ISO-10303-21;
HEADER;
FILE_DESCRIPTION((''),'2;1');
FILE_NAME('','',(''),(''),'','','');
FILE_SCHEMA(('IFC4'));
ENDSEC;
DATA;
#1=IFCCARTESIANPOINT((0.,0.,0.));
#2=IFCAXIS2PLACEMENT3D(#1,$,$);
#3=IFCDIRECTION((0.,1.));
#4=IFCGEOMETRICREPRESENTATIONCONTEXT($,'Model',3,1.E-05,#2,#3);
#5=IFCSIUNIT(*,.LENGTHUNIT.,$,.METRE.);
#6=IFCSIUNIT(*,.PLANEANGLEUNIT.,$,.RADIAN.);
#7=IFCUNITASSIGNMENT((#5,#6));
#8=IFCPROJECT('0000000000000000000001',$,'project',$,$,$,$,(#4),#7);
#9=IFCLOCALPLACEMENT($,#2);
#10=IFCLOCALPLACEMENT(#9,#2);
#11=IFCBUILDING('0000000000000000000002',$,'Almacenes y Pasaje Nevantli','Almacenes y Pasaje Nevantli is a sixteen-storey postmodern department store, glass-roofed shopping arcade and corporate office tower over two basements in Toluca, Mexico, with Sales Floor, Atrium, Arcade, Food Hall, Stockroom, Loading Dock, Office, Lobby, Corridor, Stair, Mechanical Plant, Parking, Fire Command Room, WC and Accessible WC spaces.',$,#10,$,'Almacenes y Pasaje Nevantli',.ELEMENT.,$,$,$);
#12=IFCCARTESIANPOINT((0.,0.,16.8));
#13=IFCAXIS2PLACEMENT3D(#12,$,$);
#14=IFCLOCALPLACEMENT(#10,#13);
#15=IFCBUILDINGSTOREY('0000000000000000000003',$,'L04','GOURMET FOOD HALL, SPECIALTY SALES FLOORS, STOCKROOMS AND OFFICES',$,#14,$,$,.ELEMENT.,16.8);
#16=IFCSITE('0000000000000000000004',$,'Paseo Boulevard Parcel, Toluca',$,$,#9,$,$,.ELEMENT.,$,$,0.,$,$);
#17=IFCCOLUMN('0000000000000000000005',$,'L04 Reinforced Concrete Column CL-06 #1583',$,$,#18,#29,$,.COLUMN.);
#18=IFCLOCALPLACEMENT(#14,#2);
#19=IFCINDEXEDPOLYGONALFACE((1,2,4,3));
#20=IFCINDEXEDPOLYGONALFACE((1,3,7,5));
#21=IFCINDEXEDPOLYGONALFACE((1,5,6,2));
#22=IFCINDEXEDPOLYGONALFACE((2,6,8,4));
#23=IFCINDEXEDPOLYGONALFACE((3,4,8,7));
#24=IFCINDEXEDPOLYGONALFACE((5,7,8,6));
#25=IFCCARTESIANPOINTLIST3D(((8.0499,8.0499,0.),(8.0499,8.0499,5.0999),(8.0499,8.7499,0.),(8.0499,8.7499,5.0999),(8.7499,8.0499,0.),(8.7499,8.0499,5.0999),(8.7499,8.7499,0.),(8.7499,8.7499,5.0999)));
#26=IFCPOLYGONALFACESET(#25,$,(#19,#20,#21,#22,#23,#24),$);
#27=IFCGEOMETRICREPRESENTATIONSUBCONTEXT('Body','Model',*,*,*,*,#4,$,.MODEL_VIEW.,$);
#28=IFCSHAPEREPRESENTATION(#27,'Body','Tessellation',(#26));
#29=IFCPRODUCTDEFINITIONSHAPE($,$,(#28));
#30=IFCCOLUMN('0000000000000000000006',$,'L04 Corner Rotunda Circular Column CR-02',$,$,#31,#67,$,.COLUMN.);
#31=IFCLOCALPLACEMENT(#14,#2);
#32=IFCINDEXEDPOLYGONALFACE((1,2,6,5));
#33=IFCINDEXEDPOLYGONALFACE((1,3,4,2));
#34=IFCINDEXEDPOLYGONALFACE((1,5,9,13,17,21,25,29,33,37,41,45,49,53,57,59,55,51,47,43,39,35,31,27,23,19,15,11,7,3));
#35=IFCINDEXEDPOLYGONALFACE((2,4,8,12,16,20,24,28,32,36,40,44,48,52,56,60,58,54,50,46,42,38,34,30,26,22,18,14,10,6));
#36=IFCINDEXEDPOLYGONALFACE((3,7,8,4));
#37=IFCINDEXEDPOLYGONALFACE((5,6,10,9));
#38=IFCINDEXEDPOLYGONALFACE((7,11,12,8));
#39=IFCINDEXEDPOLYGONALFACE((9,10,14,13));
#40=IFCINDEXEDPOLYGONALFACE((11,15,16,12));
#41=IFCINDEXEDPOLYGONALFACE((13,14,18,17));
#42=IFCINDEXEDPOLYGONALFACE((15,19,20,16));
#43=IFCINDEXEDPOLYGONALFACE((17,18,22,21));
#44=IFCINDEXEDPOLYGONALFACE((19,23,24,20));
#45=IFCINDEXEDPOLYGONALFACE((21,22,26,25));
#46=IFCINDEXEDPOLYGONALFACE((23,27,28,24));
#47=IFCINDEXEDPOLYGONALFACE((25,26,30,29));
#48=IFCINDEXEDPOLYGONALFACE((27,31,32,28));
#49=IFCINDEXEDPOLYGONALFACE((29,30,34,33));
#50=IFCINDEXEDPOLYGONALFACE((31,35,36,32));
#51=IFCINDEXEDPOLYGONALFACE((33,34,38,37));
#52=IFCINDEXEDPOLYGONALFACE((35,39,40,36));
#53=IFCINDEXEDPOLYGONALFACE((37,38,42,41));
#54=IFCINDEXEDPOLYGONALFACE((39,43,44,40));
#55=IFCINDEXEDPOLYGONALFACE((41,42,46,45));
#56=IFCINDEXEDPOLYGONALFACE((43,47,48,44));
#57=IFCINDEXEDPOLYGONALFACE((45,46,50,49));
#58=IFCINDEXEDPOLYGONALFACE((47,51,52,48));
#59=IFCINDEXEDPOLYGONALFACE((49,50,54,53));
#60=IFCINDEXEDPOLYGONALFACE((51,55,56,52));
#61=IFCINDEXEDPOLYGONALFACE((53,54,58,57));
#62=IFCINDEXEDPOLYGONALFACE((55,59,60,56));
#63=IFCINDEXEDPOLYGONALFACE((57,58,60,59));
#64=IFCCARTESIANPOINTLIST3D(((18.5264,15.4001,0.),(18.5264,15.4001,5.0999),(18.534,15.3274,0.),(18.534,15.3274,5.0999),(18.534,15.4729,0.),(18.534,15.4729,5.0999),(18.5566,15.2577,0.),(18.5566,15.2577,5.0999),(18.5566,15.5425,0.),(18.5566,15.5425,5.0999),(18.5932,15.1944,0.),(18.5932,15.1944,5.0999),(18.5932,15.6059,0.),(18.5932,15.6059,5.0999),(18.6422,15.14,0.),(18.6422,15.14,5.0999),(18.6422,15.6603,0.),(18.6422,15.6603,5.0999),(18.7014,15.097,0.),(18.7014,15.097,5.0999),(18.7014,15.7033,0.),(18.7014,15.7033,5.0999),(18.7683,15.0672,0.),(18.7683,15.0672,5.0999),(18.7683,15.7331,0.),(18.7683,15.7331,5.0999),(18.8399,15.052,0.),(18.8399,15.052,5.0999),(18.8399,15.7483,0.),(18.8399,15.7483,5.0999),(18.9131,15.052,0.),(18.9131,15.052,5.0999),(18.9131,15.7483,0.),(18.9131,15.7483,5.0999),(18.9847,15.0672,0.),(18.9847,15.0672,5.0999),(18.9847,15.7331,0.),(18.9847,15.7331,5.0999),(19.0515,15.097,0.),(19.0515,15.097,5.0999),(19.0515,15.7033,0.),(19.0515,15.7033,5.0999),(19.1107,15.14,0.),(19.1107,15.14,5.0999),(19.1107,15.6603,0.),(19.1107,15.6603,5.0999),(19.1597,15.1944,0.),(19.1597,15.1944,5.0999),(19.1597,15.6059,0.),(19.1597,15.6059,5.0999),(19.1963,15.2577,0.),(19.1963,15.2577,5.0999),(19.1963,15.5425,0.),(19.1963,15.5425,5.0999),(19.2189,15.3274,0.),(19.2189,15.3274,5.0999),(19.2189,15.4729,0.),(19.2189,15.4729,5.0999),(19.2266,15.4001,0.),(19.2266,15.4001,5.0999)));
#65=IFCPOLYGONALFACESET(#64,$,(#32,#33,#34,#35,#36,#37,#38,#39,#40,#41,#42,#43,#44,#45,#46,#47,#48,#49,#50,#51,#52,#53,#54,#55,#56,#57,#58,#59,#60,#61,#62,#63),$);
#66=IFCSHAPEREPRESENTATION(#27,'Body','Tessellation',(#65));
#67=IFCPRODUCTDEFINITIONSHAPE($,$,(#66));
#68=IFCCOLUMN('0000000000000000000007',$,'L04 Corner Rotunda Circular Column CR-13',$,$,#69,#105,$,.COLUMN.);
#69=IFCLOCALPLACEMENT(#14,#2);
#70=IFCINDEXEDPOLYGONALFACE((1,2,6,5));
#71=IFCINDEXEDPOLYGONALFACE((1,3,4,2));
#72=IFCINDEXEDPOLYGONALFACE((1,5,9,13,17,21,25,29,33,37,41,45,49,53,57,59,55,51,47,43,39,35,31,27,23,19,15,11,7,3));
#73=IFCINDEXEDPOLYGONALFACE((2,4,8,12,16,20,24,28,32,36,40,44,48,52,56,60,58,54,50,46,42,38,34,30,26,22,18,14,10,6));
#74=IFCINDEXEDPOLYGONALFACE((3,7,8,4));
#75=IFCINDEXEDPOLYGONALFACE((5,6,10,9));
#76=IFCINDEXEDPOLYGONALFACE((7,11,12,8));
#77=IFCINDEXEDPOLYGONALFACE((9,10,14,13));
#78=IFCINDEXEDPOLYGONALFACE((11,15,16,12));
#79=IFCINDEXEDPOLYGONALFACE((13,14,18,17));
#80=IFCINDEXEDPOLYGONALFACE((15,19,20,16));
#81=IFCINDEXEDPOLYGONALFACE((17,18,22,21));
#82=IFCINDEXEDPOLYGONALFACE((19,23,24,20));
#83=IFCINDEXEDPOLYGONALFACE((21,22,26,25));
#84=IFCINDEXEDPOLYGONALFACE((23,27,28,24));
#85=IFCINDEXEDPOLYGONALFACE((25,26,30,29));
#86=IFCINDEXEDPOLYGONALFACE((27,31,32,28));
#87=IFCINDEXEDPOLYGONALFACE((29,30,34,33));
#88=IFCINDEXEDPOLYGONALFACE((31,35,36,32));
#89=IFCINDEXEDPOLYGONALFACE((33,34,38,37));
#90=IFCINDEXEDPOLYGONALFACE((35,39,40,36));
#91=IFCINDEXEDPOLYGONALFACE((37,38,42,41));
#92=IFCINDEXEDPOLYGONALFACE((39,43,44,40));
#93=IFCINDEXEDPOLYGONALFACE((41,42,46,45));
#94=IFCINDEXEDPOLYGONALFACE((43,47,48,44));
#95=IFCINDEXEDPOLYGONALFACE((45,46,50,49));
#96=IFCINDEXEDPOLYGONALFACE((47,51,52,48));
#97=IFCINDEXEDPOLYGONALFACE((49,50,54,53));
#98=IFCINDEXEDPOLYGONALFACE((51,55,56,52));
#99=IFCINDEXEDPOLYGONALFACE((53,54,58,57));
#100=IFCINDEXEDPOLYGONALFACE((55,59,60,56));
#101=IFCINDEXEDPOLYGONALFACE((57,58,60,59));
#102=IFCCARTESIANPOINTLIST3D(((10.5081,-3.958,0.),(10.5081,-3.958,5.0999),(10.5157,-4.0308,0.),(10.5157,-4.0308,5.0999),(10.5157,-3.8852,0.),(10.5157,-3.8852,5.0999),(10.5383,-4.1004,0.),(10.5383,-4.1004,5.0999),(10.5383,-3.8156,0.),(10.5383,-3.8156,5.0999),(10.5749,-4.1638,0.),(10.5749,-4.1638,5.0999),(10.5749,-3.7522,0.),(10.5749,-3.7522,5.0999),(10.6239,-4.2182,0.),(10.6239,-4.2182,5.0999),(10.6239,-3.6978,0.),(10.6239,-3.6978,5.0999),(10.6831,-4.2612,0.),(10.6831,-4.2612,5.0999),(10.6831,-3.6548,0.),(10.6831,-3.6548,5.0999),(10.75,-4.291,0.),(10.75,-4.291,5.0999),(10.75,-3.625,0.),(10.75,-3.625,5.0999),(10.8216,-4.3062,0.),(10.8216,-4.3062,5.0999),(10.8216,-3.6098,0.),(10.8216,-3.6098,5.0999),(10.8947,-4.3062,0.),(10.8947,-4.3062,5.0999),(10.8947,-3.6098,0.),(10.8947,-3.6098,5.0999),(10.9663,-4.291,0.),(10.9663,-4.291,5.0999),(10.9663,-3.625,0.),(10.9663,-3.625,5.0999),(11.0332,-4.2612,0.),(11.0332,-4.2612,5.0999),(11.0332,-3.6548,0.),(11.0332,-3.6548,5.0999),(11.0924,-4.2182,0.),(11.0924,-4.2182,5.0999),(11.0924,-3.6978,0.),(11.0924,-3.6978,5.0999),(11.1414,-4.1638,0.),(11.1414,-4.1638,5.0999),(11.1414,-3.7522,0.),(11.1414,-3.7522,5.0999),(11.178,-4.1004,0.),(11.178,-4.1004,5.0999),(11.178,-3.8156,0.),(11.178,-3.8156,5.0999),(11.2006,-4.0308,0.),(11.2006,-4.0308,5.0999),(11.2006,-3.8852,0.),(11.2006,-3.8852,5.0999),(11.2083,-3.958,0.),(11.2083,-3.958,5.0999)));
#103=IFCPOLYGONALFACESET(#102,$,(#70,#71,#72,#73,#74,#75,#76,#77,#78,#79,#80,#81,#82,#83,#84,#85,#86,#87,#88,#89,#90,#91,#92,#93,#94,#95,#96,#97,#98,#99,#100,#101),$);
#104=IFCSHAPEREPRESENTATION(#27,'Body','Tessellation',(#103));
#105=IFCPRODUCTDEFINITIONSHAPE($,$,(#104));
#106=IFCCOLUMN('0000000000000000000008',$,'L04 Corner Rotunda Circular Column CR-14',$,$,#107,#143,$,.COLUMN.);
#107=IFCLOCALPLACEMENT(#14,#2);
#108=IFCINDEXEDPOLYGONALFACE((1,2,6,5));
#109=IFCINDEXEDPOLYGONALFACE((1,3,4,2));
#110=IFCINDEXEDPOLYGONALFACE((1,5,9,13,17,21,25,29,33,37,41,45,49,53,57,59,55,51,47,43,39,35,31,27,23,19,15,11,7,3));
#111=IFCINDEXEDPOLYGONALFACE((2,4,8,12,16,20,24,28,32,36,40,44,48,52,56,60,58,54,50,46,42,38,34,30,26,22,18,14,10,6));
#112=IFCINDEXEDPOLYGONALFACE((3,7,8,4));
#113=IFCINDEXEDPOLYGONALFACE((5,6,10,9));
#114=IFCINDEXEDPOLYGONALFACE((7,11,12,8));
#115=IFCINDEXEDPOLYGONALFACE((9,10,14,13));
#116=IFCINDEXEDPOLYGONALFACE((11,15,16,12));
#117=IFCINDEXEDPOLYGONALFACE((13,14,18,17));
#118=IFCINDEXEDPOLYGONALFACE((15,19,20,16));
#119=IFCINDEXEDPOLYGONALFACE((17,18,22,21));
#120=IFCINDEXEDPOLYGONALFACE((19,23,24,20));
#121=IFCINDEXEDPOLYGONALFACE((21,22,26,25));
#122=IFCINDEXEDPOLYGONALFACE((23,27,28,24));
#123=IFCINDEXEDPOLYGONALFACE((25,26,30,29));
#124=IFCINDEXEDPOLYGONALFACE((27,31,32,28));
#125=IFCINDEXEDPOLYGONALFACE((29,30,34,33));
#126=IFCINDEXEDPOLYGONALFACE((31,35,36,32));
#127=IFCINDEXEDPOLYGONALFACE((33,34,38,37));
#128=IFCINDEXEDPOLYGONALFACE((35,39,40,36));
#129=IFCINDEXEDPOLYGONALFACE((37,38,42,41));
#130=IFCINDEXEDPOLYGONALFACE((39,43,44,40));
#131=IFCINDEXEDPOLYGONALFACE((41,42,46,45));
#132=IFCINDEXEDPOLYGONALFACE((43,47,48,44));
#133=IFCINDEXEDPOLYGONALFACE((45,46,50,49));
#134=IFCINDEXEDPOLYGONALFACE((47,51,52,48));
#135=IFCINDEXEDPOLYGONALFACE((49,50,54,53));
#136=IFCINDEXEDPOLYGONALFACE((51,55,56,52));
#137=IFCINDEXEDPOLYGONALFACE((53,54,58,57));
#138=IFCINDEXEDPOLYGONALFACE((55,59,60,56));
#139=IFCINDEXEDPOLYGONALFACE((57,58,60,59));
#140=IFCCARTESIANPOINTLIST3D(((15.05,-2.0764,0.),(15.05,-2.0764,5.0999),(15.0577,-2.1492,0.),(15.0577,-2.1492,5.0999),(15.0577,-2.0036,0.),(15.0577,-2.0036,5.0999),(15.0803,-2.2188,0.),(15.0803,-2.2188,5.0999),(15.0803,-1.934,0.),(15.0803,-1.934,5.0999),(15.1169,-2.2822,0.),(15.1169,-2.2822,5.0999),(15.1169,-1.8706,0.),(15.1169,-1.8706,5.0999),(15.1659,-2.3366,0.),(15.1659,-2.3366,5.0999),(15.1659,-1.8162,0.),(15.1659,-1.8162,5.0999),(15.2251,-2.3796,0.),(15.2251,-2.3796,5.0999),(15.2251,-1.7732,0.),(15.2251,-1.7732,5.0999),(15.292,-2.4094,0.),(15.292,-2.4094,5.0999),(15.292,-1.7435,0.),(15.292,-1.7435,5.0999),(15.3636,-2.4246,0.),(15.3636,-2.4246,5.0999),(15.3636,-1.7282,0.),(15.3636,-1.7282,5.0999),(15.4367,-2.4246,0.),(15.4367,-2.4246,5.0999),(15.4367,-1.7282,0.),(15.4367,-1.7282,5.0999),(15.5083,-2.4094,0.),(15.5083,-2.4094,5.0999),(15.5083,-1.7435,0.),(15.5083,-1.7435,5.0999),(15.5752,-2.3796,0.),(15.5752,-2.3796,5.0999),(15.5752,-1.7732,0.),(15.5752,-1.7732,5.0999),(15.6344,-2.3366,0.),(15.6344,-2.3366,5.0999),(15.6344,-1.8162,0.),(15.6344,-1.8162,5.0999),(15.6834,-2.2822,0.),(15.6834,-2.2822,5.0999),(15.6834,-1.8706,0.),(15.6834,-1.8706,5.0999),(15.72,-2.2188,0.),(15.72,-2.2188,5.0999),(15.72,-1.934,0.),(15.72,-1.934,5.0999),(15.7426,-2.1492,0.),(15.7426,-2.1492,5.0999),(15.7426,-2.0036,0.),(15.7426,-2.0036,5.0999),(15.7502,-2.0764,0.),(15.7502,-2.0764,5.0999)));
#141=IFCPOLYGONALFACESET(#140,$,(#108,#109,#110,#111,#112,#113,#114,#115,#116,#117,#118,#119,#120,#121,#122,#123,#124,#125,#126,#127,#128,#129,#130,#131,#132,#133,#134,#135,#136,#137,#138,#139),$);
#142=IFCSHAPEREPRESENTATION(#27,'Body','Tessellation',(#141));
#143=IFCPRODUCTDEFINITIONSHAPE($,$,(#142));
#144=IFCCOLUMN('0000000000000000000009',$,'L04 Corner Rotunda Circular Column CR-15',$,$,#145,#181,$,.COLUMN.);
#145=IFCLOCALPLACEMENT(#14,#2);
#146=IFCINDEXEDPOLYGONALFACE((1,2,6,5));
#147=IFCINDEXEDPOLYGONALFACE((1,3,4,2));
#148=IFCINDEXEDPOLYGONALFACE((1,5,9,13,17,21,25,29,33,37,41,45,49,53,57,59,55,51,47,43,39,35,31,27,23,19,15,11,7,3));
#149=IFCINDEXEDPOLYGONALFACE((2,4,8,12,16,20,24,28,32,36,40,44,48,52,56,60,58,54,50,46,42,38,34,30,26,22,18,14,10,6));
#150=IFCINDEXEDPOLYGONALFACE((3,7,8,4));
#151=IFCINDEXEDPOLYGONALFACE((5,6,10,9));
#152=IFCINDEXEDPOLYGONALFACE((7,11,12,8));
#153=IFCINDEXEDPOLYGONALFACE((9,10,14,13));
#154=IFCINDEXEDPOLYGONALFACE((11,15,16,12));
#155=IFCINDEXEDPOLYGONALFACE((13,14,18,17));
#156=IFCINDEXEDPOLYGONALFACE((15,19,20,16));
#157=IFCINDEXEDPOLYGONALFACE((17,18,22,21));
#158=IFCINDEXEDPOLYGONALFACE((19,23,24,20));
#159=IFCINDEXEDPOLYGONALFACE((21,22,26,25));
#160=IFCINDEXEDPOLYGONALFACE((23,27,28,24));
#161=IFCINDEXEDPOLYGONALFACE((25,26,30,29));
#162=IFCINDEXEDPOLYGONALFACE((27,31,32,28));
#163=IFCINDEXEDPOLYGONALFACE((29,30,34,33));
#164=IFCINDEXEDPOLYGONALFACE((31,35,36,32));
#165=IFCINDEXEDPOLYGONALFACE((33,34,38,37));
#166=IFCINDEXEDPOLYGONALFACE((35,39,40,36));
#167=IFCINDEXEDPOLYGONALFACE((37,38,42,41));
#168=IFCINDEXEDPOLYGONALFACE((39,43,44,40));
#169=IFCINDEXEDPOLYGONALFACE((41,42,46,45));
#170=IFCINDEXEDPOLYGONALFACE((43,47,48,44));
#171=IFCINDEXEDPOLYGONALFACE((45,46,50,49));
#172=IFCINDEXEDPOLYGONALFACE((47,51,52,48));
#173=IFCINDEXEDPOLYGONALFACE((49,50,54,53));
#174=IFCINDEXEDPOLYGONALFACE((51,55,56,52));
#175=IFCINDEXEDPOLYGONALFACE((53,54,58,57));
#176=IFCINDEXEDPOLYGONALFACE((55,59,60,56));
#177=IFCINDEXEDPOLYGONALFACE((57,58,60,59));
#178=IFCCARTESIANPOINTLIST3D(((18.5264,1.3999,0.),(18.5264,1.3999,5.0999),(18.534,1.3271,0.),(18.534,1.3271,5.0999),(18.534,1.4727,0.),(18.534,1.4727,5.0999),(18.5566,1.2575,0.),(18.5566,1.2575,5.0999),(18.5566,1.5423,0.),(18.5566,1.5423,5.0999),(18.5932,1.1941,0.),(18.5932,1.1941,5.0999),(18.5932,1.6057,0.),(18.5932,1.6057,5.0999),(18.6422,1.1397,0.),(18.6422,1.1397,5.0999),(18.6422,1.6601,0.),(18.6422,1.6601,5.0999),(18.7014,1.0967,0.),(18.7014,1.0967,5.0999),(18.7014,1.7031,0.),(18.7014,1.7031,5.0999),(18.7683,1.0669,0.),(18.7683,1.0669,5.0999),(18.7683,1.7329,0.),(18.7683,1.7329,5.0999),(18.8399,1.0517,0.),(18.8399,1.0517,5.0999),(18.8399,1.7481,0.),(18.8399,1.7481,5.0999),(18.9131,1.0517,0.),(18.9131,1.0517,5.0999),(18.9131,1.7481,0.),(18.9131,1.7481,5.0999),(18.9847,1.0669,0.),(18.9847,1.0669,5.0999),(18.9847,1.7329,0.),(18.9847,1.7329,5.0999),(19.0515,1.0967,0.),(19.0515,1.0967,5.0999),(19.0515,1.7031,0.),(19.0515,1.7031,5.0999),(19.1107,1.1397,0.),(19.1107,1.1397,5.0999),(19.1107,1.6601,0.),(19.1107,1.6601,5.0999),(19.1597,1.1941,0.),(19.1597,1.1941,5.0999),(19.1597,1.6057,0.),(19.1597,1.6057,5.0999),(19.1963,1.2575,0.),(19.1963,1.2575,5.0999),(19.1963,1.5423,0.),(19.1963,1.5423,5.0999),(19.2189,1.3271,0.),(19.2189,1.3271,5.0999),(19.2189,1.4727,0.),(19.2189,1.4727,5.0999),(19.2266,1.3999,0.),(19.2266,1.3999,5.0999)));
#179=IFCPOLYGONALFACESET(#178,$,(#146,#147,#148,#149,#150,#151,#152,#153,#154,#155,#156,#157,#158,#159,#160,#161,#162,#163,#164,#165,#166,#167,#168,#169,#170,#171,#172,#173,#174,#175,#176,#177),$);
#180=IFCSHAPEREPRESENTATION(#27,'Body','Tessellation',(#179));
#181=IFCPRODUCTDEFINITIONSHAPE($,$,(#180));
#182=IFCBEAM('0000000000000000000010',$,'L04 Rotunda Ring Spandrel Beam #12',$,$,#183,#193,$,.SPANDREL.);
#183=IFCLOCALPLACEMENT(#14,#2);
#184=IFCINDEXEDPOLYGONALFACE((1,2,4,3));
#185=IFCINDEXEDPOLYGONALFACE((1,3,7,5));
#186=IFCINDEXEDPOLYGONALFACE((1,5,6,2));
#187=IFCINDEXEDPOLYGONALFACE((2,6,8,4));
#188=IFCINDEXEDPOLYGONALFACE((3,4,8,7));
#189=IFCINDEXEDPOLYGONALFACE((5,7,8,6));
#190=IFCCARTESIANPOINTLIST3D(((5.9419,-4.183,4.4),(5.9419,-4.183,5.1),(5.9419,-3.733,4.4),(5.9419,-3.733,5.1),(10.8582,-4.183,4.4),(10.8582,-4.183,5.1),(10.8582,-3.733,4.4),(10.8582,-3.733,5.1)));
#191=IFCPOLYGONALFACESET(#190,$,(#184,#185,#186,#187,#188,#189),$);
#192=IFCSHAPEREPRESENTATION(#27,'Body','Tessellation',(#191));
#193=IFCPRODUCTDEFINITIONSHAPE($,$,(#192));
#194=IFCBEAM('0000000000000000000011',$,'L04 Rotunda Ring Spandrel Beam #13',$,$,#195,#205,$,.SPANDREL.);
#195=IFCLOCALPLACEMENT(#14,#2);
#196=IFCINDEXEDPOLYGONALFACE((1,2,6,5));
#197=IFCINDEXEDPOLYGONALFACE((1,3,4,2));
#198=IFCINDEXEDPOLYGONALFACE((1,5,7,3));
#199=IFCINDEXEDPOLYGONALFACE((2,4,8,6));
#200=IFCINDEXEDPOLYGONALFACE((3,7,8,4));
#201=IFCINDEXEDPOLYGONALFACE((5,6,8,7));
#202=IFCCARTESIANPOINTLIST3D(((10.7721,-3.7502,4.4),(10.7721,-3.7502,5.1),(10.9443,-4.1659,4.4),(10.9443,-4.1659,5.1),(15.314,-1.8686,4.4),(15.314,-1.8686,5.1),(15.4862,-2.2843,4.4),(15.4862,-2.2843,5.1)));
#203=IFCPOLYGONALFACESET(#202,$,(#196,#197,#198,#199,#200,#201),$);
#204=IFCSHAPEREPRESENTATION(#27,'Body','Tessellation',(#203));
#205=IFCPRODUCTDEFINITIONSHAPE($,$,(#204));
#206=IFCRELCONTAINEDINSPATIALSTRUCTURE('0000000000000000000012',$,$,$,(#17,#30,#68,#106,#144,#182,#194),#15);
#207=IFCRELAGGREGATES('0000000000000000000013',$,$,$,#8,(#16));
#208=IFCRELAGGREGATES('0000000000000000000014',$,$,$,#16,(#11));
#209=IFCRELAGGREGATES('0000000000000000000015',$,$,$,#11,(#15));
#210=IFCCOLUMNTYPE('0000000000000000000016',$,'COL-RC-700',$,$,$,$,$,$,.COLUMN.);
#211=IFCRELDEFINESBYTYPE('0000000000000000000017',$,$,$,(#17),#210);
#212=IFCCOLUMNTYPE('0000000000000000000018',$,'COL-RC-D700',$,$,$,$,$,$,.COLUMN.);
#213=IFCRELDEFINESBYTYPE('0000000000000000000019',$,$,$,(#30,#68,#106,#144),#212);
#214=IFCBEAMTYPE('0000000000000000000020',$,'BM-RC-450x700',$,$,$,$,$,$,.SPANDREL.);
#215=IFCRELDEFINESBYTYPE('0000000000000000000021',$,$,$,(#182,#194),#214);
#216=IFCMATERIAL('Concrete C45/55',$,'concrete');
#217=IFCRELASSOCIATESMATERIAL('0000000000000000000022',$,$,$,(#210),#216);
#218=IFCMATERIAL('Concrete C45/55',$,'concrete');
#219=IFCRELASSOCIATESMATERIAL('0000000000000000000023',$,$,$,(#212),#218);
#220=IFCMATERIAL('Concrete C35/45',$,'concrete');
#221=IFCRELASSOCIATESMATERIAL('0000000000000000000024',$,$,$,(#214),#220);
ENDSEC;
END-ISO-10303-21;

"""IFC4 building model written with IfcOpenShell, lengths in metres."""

from ifc_helpers import new_model, si_unit, direction, frame, origin, origin_2d, place, context, subcontext, project, spatial, rectangle, circle, extrude, material, material_profile, profile_set, type_object, element, save


model = new_model("IFC4")

# Units and contexts
model_context = context("Model", 3, precision=1e-05, world=origin(), true_north=direction((0.0, 1.0)))
body_context = subcontext(model_context, "Body", "Model", "MODEL_VIEW")
ifc_project = project(units=[si_unit("LENGTHUNIT", "METRE"), si_unit("PLANEANGLEUNIT", "RADIAN")], contexts=[model_context])

# Site, building, storey
site_placement = place(None, origin())
site = spatial("IfcSite", under=ifc_project, at=site_placement, Name="Paseo Boulevard Parcel, Toluca", CompositionType="ELEMENT", RefElevation=0.0)
building_placement = place(site_placement, origin())
building = spatial("IfcBuilding", under=site, at=building_placement, Name="Almacenes y Pasaje Nevantli", Description="Almacenes y Pasaje Nevantli is a sixteen-storey postmodern department store, glass-roofed shopping arcade and corporate office tower over two basements in Toluca, Mexico, with Sales Floor, Atrium, Arcade, Food Hall, Stockroom, Loading Dock, Office, Lobby, Corridor, Stair, Mechanical Plant, Parking, Fire Command Room, WC and Accessible WC spaces.", LongName="Almacenes y Pasaje Nevantli", CompositionType="ELEMENT")
storey_placement = place(building_placement, frame((0.0, 0.0, 16.8)))
storey = spatial("IfcBuildingStorey", under=building, at=storey_placement, Name="L04", Description="GOURMET FOOD HALL, SPECIALTY SALES FLOORS, STOCKROOMS AND OFFICES", CompositionType="ELEMENT", Elevation=16.8)

# Columns
ifc_material_1 = material(Name="Concrete C45/55", Category="concrete")
ifc_material_profile_1 = material_profile(ifc_material_1, rectangle(XDim=0.7, YDim=0.7, at=origin_2d()), Name="RC-COL-700x700")
ifc_profile_set_1 = profile_set([ifc_material_profile_1], Name="Concrete C45/55")
column_type_1 = type_object("IfcColumnType", Name="COL-RC-700", PredefinedType="COLUMN", material=ifc_profile_set_1)
column_placement = place(storey_placement, frame((8.3999, 8.3999, 0.0), z_axis=(0.0, 0.0, 1.0), x_axis=(1.0, 0.0, 0.0)))
element("IfcColumn", 1, at=column_placement, inside=storey, type_object=column_type_1, Name="L04 Reinforced Concrete Column CL-06 #1583", PredefinedType="COLUMN", context=body_context, shape_type="SweptSolid", body=[
    extrude(rectangle(XDim=0.7, YDim=0.7, at=origin_2d()), origin(), (0.0, 0.0, 1.0), 5.0999),
])
ifc_material_2 = material(Name="Concrete C45/55", Category="concrete")
ifc_material_profile_2 = material_profile(ifc_material_2, circle(Radius=0.3501, at=origin_2d()), Name="RC-COL-D700")
ifc_profile_set_2 = profile_set([ifc_material_profile_2], Name="Concrete C45/55")
column_type_2 = type_object("IfcColumnType", Name="COL-RC-D700", PredefinedType="COLUMN", material=ifc_profile_set_2)
for number, where, z_axis, x_axis, name in (
    (2, (18.8765, 15.4001, 0.0), (0.0, 0.0, 1.0), (1.0, 0.0, 0.0), "L04 Corner Rotunda Circular Column CR-02"),
    (3, (10.8582, -3.958, 0.0), (0.0, 0.0, 1.0), (1.0, 0.0, 0.0), "L04 Corner Rotunda Circular Column CR-13"),
    (4, (15.4001, -2.0764, 0.0), (0.0, 0.0, 1.0), (1.0, 0.0, 0.0), "L04 Corner Rotunda Circular Column CR-14"),
    (5, (18.8765, 1.3999, 0.0), (0.0, 0.0, 1.0), (1.0, 0.0, 0.0), "L04 Corner Rotunda Circular Column CR-15"),
):
    element("IfcColumn", number, at=place(storey_placement, frame(where, z_axis=z_axis, x_axis=x_axis)), inside=storey, type_object=column_type_2, Name=name, PredefinedType="COLUMN", context=body_context, shape_type="SweptSolid", body=[
        extrude(circle(Radius=0.3501, at=origin_2d()), origin(), (0.0, 0.0, 1.0), 5.0999),
    ])

# Beams
ifc_material_3 = material(Name="Concrete C35/45", Category="concrete")
ifc_material_profile_3 = material_profile(ifc_material_3, rectangle(XDim=0.45, YDim=0.7, at=origin_2d()), Name="RC-BM-450x700")
ifc_profile_set_3 = profile_set([ifc_material_profile_3], Name="Concrete C35/45")
beam_type_1 = type_object("IfcBeamType", Name="BM-RC-450x700", PredefinedType="SPANDREL", material=ifc_profile_set_3)
for number, where, z_axis, x_axis, name in (
    (6, (5.9419, -3.958, 4.75), (1.0, 0.0, 0.0), (0.0, 1.0, 0.0), "L04 Rotunda Ring Spandrel Beam #12"),
    (7, (10.8582, -3.958, 4.75), (0.923862, 0.382725, 0.0), (-0.382725, 0.923862, 0.0), "L04 Rotunda Ring Spandrel Beam #13"),
):
    element("IfcBeam", number, at=place(storey_placement, frame(where, z_axis=z_axis, x_axis=x_axis)), inside=storey, type_object=beam_type_1, Name=name, PredefinedType="SPANDREL", context=body_context, shape_type="SweptSolid", body=[
        extrude(rectangle(XDim=0.45, YDim=0.7, at=origin_2d()), origin(), (0.0, 0.0, 1.0), 4.9163),
    ])

save(model, "model.ifc")
